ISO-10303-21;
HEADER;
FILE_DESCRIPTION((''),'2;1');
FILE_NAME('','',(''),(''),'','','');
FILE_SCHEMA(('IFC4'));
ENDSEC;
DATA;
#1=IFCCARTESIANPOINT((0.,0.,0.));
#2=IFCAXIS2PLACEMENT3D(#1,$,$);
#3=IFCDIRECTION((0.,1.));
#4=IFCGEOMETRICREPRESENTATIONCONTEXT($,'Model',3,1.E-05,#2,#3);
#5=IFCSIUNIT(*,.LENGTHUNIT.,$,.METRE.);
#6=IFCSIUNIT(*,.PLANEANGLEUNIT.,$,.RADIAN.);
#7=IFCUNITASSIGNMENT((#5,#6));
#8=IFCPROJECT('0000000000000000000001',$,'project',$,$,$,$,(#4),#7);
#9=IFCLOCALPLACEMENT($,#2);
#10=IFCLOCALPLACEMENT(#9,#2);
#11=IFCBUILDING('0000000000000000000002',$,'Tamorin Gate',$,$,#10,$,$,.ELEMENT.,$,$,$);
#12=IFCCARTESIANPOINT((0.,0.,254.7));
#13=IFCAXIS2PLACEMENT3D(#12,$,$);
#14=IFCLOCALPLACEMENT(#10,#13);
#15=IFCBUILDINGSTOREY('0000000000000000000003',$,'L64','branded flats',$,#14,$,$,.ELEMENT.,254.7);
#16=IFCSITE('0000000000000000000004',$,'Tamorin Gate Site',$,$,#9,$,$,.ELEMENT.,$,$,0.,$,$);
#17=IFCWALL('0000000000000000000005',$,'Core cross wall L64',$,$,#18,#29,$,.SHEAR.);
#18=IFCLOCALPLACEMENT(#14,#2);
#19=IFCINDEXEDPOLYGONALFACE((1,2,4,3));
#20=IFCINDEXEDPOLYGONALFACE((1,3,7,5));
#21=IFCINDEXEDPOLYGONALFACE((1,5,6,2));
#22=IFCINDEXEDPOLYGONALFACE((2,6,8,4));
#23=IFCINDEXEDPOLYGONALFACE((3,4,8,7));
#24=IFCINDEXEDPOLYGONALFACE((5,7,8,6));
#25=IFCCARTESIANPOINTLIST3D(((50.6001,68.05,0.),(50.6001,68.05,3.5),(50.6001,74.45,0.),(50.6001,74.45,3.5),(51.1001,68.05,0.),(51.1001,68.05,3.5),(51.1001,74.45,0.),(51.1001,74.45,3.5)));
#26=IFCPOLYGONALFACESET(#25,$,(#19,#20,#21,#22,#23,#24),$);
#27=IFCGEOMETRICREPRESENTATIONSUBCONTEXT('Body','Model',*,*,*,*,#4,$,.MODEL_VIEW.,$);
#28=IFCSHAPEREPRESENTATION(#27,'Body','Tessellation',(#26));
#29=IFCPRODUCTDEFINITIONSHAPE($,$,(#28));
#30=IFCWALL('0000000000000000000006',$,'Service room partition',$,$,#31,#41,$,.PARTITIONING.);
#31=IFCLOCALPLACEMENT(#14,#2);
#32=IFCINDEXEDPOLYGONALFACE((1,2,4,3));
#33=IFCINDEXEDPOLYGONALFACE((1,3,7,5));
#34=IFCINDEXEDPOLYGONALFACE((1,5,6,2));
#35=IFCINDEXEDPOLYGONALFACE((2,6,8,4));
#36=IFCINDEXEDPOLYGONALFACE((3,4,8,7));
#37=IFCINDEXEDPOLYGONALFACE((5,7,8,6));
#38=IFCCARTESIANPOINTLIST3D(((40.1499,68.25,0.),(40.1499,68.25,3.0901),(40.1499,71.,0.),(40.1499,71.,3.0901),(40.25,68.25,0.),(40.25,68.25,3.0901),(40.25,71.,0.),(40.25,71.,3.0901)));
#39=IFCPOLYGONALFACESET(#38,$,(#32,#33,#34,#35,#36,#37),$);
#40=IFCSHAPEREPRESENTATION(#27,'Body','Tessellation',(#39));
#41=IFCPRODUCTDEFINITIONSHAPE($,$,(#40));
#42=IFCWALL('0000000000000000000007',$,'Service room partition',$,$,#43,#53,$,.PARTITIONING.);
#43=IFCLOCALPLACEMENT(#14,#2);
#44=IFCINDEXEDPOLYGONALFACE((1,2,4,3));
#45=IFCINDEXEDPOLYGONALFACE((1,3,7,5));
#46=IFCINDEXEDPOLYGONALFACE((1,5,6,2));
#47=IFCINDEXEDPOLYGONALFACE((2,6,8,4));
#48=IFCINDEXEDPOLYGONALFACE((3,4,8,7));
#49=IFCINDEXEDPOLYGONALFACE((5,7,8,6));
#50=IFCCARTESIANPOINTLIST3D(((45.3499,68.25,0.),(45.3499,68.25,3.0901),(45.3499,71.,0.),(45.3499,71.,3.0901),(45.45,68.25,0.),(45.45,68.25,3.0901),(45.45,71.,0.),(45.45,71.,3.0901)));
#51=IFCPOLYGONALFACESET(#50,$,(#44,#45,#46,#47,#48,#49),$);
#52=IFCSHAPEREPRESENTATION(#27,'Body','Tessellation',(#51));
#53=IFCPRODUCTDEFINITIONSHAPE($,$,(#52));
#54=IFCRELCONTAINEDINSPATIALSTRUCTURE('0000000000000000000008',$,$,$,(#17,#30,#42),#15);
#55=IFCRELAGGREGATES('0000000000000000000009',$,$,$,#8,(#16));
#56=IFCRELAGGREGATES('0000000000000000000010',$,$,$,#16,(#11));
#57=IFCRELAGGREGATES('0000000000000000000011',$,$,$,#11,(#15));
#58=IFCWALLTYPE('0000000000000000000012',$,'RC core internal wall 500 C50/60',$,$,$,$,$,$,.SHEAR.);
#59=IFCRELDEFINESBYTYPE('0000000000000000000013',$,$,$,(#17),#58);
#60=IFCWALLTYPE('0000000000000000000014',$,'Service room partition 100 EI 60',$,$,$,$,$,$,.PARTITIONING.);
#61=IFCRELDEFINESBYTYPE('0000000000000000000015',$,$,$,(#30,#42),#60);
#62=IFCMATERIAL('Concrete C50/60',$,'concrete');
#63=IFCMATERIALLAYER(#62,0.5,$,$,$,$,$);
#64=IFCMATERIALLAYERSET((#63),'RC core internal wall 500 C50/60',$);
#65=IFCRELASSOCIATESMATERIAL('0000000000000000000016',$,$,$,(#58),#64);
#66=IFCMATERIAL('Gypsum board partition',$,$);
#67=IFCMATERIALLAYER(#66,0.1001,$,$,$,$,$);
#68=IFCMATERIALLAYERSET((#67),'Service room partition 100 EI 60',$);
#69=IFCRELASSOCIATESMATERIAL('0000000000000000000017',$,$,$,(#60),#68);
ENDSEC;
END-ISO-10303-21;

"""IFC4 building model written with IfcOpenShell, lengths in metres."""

from ifc_helpers import new_model, si_unit, direction, frame, frame_2d, origin, place, context, subcontext, project, spatial, rectangle, extrude, material, layer, layer_set, type_object, element, save


model = new_model("IFC4")

# Units and contexts
model_context = context("Model", 3, precision=1e-05, world=origin(), true_north=direction((0.0, 1.0)))
body_context = subcontext(model_context, "Body", "Model", "MODEL_VIEW")
ifc_project = project(units=[si_unit("LENGTHUNIT", "METRE"), si_unit("PLANEANGLEUNIT", "RADIAN")], contexts=[model_context])

# Site, building, storey
site_placement = place(None, origin())
site = spatial("IfcSite", under=ifc_project, at=site_placement, Name="Tamorin Gate Site", CompositionType="ELEMENT", RefElevation=0.0)
building_placement = place(site_placement, origin())
building = spatial("IfcBuilding", under=site, at=building_placement, Name="Tamorin Gate", CompositionType="ELEMENT")
storey_placement = place(building_placement, frame((0.0, 0.0, 254.7)))
storey = spatial("IfcBuildingStorey", under=building, at=storey_placement, Name="L64", Description="branded flats", CompositionType="ELEMENT", Elevation=254.7)

# Shared definitions
ifc_material_1 = material(Name="Concrete C50/60", Category="concrete")

# Walls
ifc_layer_1 = layer(ifc_material_1, 0.5)
ifc_layer_set_1 = layer_set([ifc_layer_1], Name="RC core internal wall 500 C50/60")
wall_type_1 = type_object("IfcWallType", Name="RC core internal wall 500 C50/60", PredefinedType="SHEAR", material=ifc_layer_set_1)
wall_1_placement = place(storey_placement, frame((50.8501, 68.05, 0.0), z_axis=(0.0, 0.0, 1.0), x_axis=(0.0, 1.0, 0.0)))
element("IfcWall", 1, at=wall_1_placement, inside=storey, type_object=wall_type_1, Name="Core cross wall L64", PredefinedType="SHEAR", context=body_context, shape_type="SweptSolid", body=[
    extrude(rectangle(XDim=6.3999, YDim=0.5, at=frame_2d((3.2, 0.0))), origin(), (0.0, 0.0, 1.0), 3.5),
])
ifc_material_2 = material(Name="Gypsum board partition")
ifc_layer_2 = layer(ifc_material_2, 0.1001)
ifc_layer_set_2 = layer_set([ifc_layer_2], Name="Service room partition 100 EI 60")
wall_type_2 = type_object("IfcWallType", Name="Service room partition 100 EI 60", PredefinedType="PARTITIONING", material=ifc_layer_set_2)
for number, where, z_axis, x_axis, name in (
    (2, (40.2, 68.25, 0.0), (0.0, 0.0, 1.0), (0.0, 1.0, 0.0), "Service room partition"),
    (3, (45.3999, 68.25, 0.0), (0.0, 0.0, 1.0), (0.0, 1.0, 0.0), "Service room partition"),
):
    element("IfcWall", number, at=place(storey_placement, frame(where, z_axis=z_axis, x_axis=x_axis)), inside=storey, type_object=wall_type_2, Name=name, PredefinedType="PARTITIONING", context=body_context, shape_type="SweptSolid", body=[
        extrude(rectangle(XDim=2.75, YDim=0.1001, at=frame_2d((1.375, 0.0))), origin(), (0.0, 0.0, 1.0), 3.0901),
    ])

save(model, "model.ifc")
